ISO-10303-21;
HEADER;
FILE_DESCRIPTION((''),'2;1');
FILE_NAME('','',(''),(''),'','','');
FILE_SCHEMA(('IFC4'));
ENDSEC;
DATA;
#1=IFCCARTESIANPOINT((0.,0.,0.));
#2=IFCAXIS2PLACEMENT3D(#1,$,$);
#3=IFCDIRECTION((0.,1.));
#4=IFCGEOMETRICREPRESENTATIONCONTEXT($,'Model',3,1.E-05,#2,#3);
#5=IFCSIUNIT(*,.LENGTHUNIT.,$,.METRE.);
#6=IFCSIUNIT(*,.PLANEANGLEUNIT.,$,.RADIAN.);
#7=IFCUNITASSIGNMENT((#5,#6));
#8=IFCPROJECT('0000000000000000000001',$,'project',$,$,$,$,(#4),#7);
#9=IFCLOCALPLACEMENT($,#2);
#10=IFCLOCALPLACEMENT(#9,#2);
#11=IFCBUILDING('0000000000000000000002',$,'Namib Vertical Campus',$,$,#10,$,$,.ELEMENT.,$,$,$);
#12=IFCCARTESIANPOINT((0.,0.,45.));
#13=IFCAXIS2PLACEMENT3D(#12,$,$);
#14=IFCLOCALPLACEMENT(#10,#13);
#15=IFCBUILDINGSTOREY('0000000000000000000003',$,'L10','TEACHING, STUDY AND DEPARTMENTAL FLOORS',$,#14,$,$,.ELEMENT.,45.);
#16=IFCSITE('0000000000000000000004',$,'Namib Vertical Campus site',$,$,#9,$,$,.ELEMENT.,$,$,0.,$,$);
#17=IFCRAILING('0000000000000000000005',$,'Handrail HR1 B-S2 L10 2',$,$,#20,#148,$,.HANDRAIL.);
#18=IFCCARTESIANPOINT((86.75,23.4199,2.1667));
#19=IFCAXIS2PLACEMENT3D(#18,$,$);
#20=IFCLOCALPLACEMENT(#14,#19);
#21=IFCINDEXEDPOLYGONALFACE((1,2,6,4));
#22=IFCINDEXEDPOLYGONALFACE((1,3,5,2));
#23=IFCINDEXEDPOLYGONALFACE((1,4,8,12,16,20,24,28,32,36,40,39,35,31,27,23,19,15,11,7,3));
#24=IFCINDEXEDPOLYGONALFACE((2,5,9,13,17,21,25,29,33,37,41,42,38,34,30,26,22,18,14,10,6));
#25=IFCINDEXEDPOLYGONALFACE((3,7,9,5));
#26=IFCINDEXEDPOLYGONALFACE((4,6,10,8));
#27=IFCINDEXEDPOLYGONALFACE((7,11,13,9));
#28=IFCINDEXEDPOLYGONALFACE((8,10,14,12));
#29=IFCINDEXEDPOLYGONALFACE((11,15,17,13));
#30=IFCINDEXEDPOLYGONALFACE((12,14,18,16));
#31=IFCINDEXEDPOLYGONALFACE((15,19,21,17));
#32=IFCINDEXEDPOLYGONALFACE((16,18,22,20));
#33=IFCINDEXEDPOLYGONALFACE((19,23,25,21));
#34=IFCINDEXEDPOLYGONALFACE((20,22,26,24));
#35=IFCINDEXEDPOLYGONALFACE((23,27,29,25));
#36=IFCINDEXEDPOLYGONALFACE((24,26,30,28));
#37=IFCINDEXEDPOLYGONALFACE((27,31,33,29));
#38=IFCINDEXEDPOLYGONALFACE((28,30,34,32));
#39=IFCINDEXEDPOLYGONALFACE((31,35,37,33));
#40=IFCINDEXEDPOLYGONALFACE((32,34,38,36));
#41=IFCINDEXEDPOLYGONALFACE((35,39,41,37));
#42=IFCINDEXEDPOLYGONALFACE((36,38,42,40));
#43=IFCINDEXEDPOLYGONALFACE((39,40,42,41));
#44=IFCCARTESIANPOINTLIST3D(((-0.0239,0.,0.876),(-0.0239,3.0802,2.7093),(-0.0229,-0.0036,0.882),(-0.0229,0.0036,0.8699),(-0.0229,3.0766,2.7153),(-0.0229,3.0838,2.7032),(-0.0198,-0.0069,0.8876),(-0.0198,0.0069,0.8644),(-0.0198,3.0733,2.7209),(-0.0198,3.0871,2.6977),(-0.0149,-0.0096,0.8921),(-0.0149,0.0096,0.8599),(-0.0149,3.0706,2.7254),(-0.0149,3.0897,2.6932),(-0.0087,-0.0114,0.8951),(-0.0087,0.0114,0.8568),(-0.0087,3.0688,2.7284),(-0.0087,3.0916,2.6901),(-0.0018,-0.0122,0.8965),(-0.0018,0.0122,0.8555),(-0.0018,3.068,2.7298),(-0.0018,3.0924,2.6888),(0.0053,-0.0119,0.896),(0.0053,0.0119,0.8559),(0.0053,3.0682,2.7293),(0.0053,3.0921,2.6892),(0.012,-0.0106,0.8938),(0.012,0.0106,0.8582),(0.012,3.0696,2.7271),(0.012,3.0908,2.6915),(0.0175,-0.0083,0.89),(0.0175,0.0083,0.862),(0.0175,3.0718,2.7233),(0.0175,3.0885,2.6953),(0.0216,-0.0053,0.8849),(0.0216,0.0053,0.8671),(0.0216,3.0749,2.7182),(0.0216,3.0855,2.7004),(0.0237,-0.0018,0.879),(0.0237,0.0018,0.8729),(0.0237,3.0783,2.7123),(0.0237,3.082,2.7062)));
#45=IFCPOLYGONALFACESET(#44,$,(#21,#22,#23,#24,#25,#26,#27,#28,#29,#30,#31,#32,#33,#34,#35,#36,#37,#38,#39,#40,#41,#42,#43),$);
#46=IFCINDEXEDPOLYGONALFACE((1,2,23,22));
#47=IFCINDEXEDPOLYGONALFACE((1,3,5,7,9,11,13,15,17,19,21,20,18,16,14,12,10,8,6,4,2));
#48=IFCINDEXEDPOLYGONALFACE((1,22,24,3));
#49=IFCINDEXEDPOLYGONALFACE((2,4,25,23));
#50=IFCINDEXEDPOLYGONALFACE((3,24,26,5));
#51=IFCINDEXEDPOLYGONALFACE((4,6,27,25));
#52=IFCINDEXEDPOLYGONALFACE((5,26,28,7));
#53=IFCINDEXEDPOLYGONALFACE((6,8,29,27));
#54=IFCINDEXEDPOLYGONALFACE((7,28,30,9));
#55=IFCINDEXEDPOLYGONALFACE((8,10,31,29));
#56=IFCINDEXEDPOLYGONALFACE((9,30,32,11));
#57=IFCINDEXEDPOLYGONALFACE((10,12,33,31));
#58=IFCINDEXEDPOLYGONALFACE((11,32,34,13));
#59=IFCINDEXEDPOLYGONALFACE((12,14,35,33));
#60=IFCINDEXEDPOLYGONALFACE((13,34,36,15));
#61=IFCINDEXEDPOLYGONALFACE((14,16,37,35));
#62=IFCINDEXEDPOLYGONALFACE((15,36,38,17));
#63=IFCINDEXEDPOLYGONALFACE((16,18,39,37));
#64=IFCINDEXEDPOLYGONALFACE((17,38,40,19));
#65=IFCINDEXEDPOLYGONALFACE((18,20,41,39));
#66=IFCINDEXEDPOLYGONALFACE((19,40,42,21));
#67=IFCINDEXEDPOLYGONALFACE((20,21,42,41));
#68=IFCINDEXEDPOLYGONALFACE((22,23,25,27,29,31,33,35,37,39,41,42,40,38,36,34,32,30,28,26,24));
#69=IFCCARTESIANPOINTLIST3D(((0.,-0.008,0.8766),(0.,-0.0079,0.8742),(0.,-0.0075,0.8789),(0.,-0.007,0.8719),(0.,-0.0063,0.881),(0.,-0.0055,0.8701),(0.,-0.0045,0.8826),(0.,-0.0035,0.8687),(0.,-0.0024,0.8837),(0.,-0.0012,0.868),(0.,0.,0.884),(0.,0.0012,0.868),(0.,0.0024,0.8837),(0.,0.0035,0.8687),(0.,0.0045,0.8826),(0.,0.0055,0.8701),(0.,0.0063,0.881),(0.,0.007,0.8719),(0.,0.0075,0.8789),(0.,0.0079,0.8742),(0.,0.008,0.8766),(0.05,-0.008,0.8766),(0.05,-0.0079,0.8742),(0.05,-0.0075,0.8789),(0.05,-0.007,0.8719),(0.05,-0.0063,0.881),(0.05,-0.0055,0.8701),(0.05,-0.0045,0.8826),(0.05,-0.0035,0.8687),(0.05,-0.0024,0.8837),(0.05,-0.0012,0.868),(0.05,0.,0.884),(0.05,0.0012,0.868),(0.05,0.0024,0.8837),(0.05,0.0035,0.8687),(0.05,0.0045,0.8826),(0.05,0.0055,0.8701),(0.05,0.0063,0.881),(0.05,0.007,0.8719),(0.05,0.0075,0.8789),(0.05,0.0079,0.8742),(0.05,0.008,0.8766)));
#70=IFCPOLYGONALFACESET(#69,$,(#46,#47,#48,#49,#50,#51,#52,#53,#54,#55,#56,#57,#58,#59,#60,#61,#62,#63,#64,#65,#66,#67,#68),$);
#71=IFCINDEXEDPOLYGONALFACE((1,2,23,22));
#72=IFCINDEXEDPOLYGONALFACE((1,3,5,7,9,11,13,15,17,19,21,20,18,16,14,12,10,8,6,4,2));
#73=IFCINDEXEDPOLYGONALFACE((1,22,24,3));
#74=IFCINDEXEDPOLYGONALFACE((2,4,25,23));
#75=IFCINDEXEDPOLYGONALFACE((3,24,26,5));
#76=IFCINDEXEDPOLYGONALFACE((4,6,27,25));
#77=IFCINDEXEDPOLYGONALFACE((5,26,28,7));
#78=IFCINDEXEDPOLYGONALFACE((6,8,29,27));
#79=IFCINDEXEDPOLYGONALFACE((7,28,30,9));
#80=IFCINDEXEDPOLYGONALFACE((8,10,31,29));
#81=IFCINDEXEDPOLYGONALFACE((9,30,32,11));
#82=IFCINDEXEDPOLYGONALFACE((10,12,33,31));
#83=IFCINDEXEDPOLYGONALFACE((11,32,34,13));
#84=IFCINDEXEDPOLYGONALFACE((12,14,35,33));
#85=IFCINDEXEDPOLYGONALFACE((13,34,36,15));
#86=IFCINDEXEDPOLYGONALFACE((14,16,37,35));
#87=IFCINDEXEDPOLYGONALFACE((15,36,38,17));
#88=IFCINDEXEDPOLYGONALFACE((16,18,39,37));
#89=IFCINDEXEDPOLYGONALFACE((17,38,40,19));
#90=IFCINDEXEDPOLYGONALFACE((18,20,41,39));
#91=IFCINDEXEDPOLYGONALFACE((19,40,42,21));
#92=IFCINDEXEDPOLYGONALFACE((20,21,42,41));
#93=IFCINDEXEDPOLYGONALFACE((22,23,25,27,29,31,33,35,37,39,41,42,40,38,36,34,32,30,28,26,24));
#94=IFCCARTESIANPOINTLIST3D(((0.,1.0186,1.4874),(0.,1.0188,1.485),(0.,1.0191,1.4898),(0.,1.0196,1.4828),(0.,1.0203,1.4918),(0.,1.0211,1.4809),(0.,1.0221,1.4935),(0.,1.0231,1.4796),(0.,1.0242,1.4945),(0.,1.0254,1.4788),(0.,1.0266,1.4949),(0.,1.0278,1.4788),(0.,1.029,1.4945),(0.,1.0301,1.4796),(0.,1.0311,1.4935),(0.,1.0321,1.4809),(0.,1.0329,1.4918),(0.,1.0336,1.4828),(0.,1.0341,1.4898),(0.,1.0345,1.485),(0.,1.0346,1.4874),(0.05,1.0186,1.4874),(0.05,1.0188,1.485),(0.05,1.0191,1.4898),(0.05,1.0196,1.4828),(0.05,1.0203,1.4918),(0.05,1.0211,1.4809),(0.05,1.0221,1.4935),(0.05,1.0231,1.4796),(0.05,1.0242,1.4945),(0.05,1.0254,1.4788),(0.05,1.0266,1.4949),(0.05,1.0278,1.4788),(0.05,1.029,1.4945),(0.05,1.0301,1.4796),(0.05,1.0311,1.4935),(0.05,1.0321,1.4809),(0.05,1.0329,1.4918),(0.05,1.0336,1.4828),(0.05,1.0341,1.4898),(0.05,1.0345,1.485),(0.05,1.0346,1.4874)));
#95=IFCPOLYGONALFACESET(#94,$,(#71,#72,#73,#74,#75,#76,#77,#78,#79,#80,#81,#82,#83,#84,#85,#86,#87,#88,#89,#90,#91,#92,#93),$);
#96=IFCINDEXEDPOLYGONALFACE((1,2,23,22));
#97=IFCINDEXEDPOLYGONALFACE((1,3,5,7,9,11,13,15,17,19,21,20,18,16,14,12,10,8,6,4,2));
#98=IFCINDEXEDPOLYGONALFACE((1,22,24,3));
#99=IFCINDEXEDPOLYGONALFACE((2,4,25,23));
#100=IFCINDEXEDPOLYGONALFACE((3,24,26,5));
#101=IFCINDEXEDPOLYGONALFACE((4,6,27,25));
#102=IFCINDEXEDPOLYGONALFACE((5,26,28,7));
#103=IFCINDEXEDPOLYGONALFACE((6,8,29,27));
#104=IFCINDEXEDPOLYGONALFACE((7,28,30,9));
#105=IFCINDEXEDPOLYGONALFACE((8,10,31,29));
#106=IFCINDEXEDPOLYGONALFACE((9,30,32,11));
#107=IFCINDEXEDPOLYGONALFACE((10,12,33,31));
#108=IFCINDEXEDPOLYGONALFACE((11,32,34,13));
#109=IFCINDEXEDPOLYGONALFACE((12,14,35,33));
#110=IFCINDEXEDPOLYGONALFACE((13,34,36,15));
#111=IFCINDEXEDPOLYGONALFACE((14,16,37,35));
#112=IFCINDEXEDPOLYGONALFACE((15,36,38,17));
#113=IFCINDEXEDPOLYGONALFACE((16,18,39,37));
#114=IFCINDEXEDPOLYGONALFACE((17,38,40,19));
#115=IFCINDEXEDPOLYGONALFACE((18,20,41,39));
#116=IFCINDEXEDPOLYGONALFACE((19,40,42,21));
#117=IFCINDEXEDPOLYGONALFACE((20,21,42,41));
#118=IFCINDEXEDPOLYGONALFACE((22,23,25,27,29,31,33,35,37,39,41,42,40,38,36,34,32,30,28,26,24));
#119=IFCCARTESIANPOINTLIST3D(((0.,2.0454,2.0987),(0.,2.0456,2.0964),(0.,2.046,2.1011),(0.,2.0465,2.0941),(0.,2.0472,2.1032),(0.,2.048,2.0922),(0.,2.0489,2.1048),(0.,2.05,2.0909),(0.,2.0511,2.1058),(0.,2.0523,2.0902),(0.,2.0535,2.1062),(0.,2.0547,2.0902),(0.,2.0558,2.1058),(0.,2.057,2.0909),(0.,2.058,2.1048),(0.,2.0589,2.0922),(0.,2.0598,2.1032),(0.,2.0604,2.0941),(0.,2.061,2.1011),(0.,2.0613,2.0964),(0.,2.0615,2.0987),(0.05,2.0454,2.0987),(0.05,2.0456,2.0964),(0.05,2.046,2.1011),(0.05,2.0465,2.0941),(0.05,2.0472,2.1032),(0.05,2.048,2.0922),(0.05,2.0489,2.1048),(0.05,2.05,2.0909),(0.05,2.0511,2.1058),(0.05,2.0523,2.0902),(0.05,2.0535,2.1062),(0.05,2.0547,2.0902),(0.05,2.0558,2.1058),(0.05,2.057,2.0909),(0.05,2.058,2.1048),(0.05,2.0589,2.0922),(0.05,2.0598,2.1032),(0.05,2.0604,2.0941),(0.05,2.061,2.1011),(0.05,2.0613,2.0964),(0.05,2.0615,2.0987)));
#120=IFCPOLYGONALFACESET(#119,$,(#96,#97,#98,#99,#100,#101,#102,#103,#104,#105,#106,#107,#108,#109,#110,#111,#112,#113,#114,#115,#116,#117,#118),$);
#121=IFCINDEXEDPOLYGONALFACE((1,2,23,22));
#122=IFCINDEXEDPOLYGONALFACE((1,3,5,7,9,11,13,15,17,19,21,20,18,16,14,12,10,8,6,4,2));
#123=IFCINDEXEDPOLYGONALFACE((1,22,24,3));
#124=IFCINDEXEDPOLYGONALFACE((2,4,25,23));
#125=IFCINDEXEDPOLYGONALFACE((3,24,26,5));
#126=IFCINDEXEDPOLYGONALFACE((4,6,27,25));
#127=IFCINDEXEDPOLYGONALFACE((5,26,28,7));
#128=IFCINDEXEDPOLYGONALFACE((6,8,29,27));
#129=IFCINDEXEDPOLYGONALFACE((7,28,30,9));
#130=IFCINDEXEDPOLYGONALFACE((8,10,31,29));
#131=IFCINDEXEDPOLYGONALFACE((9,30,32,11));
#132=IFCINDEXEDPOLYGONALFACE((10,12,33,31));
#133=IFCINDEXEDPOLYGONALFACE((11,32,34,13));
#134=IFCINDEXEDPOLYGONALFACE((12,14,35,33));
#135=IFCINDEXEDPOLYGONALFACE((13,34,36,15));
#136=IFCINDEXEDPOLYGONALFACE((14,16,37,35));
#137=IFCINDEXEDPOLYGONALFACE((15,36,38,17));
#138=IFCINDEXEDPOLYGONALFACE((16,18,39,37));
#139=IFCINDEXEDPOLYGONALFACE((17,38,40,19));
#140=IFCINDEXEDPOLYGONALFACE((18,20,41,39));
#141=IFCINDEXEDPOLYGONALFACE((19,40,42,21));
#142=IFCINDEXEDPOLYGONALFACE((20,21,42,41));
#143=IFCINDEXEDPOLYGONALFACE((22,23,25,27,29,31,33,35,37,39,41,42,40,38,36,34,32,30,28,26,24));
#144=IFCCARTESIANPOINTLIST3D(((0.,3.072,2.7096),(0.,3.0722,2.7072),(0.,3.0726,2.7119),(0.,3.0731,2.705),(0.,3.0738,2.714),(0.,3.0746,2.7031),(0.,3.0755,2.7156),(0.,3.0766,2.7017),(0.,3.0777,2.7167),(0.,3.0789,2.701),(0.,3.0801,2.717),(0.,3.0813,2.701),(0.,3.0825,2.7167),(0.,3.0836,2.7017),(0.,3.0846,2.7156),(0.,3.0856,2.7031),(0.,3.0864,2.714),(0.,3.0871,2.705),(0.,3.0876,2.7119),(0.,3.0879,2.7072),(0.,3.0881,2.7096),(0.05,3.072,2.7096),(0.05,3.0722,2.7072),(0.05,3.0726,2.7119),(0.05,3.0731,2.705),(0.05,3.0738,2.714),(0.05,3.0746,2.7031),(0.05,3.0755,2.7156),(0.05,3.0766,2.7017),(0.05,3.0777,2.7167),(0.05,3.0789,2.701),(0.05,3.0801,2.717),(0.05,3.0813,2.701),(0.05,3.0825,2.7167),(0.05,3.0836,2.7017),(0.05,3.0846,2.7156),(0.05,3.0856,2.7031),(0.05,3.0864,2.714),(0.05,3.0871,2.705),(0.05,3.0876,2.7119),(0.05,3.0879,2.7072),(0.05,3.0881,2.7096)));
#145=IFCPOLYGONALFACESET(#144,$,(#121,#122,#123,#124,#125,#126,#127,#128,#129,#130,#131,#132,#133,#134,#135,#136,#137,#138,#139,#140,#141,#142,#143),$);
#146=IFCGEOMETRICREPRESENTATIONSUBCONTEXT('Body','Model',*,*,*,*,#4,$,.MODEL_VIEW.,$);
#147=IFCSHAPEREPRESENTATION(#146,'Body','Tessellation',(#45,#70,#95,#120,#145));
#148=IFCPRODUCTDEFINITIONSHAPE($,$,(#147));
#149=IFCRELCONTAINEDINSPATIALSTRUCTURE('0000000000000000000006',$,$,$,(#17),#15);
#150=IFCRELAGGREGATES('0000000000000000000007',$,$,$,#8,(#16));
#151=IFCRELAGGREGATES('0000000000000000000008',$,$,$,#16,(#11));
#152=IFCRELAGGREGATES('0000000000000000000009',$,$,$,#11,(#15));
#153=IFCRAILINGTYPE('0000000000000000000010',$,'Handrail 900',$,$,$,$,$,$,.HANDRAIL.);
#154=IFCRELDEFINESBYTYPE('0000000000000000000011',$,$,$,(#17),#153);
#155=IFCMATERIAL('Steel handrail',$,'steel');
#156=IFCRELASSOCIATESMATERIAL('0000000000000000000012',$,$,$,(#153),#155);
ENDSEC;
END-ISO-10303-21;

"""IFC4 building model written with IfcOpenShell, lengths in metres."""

from ifc_helpers import new_model, si_unit, direction, frame, origin, origin_2d, place, context, subcontext, project, spatial, circle, extrude, material, type_object, element, save


model = new_model("IFC4")

# Units and contexts
model_context = context("Model", 3, precision=1e-05, world=origin(), true_north=direction((0.0, 1.0)))
body_context = subcontext(model_context, "Body", "Model", "MODEL_VIEW")
ifc_project = project(units=[si_unit("LENGTHUNIT", "METRE"), si_unit("PLANEANGLEUNIT", "RADIAN")], contexts=[model_context])

# Site, building, storey
site_placement = place(None, origin())
site = spatial("IfcSite", under=ifc_project, at=site_placement, Name="Namib Vertical Campus site", CompositionType="ELEMENT", RefElevation=0.0)
building_placement = place(site_placement, origin())
building = spatial("IfcBuilding", under=site, at=building_placement, Name="Namib Vertical Campus", CompositionType="ELEMENT")
storey_placement = place(building_placement, frame((0.0, 0.0, 45.0)))
storey = spatial("IfcBuildingStorey", under=building, at=storey_placement, Name="L10", Description="TEACHING, STUDY AND DEPARTMENTAL FLOORS", CompositionType="ELEMENT", Elevation=45.0)

# Railing
ifc_material_1 = material(Name="Steel handrail", Category="steel")
railing_type_1 = type_object("IfcRailingType", Name="Handrail 900", PredefinedType="HANDRAIL", material=ifc_material_1)
railing_1_placement = place(storey_placement, frame((86.75, 23.4199, 2.1667)))
element("IfcRailing", 1, at=railing_1_placement, inside=storey, type_object=railing_type_1, Name="Handrail HR1 B-S2 L10 2", PredefinedType="HANDRAIL", context=body_context, shape_type="SweptSolid", body=[
    extrude(circle(Radius=0.0239, at=origin_2d()), frame((0.0, 0.0, 0.876), z_axis=(0.0, 0.859309, 0.511458), x_axis=(-1.0, 0.0, 0.0)), (0.0, 0.0, 1.0), 3.5845),
    extrude(circle(Radius=0.0081, at=origin_2d()), frame((0.0, 0.0, 0.876), z_axis=(1.0, 0.0, 0.0), x_axis=(0.0, 0.0, 1.0)), (0.0, 0.0, 1.0), 0.05),
    extrude(circle(Radius=0.0081, at=origin_2d()), frame((0.0, 1.0266, 1.4868), z_axis=(1.0, 0.0, 0.0), x_axis=(0.0, 0.0, 1.0)), (0.0, 0.0, 1.0), 0.05),
    extrude(circle(Radius=0.0081, at=origin_2d()), frame((0.0, 2.0535, 2.0981), z_axis=(1.0, 0.0, 0.0), x_axis=(0.0, 0.0, 1.0)), (0.0, 0.0, 1.0), 0.05),
    extrude(circle(Radius=0.0081, at=origin_2d()), frame((0.0, 3.0801, 2.709), z_axis=(1.0, 0.0, 0.0), x_axis=(0.0, 0.0, 1.0)), (0.0, 0.0, 1.0), 0.05),
])

save(model, "model.ifc")
